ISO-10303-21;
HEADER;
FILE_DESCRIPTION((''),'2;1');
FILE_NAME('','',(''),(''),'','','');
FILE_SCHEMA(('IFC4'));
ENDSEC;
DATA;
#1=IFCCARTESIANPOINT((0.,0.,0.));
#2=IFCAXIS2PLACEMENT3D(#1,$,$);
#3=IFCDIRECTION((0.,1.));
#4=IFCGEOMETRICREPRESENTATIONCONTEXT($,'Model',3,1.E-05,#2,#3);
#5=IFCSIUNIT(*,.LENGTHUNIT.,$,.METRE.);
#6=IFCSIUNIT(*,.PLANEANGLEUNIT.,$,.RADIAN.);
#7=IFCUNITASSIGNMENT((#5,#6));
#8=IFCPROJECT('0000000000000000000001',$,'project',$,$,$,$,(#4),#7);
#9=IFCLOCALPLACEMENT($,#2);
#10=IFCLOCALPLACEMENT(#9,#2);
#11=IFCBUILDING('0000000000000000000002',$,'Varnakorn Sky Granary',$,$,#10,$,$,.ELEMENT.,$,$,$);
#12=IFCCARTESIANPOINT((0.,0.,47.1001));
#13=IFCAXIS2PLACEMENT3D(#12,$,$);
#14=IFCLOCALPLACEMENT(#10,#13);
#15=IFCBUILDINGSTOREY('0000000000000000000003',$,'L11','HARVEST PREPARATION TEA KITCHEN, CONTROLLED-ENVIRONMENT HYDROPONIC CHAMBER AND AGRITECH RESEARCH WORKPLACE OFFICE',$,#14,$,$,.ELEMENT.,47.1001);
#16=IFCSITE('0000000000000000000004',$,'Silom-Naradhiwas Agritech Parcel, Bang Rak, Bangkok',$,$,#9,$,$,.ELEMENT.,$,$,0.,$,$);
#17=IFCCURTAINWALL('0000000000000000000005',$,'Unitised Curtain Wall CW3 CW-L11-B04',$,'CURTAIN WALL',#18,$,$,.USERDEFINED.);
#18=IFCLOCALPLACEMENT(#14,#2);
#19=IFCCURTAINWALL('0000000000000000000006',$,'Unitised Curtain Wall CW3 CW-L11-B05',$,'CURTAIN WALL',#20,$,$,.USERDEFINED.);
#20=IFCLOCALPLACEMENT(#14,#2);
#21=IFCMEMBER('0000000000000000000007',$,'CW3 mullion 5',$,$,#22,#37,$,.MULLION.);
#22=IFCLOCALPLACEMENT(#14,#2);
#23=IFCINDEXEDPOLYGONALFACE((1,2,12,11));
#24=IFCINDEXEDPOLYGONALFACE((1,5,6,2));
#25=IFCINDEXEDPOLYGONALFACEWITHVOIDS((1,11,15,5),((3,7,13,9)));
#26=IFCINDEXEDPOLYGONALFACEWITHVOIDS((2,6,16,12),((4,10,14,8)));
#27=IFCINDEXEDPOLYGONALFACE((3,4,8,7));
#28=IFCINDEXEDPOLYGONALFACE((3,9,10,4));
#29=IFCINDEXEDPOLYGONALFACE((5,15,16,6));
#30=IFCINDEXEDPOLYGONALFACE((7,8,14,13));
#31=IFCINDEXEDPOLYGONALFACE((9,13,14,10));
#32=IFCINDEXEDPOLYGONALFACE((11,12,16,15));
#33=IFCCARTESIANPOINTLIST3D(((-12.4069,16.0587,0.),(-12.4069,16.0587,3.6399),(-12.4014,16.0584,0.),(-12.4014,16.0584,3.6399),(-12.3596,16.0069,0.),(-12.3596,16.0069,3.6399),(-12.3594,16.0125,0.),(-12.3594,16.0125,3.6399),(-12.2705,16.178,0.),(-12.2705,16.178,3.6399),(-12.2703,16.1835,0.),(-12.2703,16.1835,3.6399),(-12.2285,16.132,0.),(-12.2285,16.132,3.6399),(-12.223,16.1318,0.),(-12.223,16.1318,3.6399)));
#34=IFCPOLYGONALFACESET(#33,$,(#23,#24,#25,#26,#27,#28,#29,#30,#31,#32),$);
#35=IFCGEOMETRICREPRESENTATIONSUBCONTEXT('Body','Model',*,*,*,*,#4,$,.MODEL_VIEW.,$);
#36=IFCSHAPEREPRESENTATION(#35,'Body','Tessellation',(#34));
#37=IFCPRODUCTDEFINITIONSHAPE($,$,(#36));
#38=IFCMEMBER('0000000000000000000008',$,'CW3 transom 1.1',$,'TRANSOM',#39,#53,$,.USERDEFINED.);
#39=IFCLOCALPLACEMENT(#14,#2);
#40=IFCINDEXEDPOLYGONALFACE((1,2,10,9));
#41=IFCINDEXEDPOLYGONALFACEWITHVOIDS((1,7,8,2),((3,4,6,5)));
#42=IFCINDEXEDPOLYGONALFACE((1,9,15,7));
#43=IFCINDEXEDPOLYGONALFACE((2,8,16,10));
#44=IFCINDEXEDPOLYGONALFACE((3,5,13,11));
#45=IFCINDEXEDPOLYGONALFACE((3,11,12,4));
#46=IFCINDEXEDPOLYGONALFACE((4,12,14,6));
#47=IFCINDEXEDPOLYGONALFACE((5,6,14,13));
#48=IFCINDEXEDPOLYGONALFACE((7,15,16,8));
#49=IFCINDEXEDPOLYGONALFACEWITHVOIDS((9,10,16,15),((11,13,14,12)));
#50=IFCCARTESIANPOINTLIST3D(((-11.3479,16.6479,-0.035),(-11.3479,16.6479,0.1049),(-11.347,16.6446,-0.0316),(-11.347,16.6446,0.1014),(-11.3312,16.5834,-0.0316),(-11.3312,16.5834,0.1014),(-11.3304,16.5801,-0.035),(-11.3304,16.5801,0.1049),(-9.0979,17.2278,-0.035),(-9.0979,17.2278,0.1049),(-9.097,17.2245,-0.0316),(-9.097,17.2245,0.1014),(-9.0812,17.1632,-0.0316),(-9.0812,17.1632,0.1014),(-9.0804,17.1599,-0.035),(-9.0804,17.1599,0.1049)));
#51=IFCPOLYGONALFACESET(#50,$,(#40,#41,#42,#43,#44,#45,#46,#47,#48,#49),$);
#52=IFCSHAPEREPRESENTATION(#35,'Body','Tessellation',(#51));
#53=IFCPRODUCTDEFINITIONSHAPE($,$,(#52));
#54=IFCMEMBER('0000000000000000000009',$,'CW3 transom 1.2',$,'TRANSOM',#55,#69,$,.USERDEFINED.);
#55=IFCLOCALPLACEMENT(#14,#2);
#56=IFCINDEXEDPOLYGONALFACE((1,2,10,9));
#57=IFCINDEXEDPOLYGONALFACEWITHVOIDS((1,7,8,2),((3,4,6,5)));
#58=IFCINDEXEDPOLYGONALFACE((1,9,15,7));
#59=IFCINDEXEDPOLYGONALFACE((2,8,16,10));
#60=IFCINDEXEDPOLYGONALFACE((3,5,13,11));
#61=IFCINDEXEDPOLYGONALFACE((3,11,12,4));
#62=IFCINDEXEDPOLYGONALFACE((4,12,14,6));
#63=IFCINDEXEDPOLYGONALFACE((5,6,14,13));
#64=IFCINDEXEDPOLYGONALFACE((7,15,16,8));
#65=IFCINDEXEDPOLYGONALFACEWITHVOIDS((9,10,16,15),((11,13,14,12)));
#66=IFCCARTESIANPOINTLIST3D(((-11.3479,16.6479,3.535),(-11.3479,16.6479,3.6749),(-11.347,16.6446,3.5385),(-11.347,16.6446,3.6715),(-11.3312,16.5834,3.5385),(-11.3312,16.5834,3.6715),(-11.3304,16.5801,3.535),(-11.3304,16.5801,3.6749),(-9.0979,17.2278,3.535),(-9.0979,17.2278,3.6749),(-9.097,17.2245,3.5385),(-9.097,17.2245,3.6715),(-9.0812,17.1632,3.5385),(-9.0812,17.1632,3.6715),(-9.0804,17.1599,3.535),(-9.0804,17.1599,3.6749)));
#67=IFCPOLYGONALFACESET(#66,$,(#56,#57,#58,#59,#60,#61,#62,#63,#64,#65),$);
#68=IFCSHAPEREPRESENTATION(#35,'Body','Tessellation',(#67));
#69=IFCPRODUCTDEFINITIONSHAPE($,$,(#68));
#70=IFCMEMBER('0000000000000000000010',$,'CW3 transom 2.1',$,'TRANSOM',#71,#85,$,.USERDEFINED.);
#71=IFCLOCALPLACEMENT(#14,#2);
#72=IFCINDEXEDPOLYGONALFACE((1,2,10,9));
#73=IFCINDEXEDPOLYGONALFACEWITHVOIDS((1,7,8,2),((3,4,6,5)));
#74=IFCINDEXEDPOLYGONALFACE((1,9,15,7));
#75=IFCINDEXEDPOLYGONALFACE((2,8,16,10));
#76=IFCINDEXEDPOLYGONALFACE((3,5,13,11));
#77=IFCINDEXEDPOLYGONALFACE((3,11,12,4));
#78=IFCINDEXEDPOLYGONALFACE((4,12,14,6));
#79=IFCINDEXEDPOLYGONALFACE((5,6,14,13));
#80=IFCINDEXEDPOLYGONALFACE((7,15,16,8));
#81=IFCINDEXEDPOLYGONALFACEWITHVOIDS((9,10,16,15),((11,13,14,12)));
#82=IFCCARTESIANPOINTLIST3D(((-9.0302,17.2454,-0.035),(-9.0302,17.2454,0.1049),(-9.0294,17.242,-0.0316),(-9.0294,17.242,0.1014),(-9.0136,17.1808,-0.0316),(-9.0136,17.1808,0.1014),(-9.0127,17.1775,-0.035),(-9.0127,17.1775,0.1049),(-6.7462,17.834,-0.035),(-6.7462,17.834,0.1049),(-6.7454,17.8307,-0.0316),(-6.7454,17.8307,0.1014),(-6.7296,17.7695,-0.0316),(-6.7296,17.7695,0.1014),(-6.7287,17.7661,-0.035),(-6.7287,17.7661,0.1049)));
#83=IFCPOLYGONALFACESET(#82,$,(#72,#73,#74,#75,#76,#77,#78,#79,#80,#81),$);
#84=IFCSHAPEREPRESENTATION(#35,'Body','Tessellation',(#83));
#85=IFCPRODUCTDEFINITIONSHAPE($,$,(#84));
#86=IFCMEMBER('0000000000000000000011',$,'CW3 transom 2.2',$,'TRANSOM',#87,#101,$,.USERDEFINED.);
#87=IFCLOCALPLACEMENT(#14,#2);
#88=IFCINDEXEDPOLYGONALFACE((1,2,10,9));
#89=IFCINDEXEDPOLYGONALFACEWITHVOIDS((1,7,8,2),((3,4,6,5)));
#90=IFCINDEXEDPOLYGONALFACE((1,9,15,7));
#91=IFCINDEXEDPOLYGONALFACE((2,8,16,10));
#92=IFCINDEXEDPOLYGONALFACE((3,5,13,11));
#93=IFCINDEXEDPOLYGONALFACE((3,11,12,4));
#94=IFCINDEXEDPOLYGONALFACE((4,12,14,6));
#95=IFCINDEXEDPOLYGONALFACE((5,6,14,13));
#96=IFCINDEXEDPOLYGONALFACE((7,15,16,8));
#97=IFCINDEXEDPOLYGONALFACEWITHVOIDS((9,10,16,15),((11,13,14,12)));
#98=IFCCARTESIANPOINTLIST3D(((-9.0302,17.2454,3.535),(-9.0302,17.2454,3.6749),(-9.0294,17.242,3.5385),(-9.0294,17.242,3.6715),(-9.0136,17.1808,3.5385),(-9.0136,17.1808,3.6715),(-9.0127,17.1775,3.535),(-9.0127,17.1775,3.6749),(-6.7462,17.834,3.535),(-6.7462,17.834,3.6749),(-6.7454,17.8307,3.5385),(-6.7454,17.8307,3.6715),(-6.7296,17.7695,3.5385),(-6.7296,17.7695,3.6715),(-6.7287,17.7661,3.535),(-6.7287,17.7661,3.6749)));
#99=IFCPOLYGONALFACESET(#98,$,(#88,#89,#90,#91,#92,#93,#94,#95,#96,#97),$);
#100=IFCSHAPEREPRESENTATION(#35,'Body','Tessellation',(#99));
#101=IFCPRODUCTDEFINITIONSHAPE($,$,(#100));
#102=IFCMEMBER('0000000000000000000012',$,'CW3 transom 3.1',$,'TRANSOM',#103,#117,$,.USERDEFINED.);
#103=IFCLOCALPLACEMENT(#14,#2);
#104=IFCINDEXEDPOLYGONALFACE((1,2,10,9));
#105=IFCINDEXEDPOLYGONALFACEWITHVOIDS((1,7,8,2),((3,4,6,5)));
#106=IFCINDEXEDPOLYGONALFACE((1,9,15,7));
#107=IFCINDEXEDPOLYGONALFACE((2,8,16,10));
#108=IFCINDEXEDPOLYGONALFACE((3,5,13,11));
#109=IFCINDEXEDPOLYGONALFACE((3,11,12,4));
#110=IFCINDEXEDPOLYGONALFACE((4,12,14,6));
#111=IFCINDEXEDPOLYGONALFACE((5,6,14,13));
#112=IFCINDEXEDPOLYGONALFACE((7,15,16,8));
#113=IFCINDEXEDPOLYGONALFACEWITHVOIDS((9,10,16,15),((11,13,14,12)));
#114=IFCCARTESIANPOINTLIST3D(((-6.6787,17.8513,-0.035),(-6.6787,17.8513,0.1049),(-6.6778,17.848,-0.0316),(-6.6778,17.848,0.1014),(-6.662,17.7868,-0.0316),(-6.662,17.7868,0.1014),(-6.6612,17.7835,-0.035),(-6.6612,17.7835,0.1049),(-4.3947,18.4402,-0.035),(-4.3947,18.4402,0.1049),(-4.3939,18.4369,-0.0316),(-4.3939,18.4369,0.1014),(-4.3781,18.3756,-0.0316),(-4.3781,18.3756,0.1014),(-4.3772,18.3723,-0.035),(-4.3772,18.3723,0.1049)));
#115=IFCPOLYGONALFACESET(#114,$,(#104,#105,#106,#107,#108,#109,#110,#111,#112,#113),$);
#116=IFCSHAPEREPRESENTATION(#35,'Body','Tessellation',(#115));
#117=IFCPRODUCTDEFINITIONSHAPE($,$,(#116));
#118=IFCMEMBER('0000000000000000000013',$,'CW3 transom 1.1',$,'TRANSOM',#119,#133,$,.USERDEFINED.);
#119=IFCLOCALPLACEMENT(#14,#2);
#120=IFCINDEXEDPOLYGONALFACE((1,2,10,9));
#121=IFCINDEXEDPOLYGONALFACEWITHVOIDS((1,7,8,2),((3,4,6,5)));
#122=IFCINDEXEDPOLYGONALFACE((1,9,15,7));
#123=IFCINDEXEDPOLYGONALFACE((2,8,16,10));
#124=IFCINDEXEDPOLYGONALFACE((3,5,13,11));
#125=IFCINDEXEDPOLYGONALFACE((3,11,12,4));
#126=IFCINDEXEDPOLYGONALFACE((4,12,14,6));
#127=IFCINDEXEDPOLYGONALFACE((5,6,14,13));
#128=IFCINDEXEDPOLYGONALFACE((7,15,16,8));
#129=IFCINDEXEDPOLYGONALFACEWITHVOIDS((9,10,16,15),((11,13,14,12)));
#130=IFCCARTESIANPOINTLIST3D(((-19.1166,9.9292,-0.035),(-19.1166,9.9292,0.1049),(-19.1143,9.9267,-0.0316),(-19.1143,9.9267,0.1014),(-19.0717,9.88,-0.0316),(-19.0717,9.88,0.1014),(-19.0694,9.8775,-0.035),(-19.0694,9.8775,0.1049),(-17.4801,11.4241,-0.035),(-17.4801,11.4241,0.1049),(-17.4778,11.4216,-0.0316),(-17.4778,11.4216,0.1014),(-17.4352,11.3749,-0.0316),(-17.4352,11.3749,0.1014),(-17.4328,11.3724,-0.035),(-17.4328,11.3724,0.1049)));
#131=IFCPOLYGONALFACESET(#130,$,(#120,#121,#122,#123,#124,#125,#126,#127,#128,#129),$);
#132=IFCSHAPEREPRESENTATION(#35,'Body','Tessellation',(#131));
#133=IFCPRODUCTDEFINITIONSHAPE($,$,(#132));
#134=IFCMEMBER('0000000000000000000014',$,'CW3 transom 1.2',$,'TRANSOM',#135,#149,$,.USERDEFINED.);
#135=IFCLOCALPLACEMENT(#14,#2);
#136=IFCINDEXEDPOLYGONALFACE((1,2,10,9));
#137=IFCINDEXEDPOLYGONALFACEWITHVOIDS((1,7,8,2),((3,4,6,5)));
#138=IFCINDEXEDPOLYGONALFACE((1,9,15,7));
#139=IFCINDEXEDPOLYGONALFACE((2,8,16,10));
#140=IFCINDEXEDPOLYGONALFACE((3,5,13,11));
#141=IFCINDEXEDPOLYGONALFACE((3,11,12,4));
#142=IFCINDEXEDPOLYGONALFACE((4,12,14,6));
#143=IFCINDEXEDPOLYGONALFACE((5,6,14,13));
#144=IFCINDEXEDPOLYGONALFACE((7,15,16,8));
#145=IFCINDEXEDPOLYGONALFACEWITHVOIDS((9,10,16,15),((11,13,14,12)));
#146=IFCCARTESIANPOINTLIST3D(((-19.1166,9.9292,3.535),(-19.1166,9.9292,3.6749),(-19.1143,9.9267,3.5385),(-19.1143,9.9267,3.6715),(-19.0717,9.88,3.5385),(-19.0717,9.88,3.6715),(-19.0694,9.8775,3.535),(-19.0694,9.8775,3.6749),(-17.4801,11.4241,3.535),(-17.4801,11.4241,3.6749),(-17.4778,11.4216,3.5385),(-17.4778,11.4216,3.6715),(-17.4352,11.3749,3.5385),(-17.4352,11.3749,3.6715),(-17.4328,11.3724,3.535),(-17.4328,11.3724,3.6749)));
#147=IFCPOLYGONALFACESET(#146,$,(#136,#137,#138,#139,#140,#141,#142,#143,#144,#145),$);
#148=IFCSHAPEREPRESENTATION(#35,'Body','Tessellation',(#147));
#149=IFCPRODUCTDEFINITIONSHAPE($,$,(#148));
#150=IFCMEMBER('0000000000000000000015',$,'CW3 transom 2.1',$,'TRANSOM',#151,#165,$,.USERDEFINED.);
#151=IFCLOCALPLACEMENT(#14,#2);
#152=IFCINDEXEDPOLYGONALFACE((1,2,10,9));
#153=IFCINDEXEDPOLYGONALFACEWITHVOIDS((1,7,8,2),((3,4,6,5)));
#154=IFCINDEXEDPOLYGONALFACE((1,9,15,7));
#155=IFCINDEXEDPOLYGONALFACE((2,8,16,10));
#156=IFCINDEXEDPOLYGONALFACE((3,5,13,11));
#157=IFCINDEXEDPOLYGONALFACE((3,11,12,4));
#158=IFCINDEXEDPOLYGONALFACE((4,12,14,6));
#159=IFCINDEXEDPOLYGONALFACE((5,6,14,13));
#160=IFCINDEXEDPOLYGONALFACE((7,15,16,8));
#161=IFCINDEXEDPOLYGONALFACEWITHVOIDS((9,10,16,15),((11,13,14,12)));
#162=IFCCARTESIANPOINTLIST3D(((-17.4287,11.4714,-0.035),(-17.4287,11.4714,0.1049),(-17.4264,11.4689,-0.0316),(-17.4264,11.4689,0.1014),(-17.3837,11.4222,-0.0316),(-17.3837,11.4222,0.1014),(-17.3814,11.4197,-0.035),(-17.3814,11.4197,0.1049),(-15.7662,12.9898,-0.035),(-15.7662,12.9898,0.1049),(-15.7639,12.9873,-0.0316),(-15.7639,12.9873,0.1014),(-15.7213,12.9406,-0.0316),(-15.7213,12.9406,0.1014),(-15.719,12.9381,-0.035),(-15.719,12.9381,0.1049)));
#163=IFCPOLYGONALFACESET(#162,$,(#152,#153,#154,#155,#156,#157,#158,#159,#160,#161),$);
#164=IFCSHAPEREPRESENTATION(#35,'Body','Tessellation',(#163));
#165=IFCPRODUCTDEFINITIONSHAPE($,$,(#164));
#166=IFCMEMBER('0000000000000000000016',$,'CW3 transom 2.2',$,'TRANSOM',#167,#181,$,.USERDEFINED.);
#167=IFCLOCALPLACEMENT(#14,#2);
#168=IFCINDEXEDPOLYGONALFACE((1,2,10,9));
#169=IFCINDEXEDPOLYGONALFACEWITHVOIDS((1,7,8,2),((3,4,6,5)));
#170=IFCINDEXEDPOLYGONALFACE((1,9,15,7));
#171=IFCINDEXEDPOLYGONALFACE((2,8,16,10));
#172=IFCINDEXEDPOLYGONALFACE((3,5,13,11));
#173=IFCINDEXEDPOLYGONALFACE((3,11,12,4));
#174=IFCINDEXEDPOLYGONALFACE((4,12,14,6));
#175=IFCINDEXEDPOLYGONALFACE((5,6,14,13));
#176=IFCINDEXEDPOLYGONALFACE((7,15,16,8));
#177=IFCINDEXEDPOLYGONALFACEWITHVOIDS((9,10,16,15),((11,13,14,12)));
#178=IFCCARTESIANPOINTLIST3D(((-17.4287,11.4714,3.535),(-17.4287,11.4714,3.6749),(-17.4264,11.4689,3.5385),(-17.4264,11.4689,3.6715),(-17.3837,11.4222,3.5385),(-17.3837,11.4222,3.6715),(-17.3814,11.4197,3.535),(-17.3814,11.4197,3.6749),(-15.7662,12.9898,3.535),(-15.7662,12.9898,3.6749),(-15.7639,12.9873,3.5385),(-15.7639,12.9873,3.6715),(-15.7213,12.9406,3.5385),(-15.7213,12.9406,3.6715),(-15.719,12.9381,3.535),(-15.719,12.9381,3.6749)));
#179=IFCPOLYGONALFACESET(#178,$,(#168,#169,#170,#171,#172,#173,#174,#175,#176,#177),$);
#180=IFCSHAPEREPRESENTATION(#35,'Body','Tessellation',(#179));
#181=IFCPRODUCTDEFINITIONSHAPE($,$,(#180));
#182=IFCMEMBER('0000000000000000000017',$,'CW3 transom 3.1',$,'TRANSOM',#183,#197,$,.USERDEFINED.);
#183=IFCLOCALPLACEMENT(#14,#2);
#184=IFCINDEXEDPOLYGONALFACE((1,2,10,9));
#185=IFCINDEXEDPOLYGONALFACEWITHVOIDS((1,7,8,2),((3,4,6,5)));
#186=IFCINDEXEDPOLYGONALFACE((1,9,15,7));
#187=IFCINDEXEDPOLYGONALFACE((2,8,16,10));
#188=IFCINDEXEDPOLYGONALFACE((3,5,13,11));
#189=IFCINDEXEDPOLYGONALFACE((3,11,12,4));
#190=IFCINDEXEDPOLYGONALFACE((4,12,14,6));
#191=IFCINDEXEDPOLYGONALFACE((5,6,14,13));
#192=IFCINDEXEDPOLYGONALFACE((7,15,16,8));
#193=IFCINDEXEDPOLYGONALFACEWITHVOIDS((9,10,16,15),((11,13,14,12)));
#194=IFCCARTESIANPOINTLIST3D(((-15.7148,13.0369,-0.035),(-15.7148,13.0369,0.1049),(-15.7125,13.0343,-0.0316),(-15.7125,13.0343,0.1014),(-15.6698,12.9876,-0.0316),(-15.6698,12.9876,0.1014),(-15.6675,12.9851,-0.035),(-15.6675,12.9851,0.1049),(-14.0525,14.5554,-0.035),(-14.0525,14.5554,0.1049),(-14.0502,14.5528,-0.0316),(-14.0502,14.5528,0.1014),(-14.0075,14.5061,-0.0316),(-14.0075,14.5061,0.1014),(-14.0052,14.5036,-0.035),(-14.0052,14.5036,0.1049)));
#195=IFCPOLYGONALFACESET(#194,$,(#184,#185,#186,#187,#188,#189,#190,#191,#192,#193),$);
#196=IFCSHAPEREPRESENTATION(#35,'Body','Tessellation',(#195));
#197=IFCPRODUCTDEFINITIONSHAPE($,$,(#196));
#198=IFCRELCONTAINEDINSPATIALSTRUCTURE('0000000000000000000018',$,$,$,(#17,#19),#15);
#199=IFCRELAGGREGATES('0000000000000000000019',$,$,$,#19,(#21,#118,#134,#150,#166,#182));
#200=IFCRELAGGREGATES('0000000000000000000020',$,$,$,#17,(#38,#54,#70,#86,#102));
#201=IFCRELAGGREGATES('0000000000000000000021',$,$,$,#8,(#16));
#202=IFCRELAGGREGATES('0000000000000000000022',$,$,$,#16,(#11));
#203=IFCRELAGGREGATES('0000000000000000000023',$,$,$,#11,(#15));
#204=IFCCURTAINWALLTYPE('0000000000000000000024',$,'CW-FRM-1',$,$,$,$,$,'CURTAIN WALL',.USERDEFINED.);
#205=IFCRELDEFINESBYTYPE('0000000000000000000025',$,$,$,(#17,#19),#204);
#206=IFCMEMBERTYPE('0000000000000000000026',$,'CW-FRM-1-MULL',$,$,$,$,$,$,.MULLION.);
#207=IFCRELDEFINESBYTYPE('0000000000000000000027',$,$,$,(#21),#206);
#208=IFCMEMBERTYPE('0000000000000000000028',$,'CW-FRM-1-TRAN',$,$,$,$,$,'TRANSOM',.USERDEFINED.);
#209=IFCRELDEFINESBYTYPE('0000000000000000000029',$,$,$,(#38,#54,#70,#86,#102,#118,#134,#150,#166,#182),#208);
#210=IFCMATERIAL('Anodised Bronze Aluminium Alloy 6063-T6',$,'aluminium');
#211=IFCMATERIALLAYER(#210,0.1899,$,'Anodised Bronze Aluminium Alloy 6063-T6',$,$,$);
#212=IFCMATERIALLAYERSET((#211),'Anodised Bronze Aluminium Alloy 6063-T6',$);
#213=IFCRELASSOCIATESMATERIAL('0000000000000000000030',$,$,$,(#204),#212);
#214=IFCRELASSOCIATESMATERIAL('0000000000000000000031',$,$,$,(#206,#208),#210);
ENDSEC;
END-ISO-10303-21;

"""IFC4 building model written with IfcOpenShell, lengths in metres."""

from ifc_helpers import new_model, si_unit, direction, frame, origin, origin_2d, place, context, subcontext, project, spatial, hollow_rectangle, extrude, material, layer, layer_set, material_profile, profile_set, type_object, element, aggregate, save


model = new_model("IFC4")

# Units and contexts
model_context = context("Model", 3, precision=1e-05, world=origin(), true_north=direction((0.0, 1.0)))
body_context = subcontext(model_context, "Body", "Model", "MODEL_VIEW")
ifc_project = project(units=[si_unit("LENGTHUNIT", "METRE"), si_unit("PLANEANGLEUNIT", "RADIAN")], contexts=[model_context])

# Site, building, storey
site_placement = place(None, origin())
site = spatial("IfcSite", under=ifc_project, at=site_placement, Name="Silom-Naradhiwas Agritech Parcel, Bang Rak, Bangkok", CompositionType="ELEMENT", RefElevation=0.0)
building_placement = place(site_placement, origin())
building = spatial("IfcBuilding", under=site, at=building_placement, Name="Varnakorn Sky Granary", CompositionType="ELEMENT")
storey_placement = place(building_placement, frame((0.0, 0.0, 47.1001)))
storey = spatial("IfcBuildingStorey", under=building, at=storey_placement, Name="L11", Description="HARVEST PREPARATION TEA KITCHEN, CONTROLLED-ENVIRONMENT HYDROPONIC CHAMBER AND AGRITECH RESEARCH WORKPLACE OFFICE", CompositionType="ELEMENT", Elevation=47.1001)

# Curtain walls, member
ifc_material_1 = material(Name="Anodised Bronze Aluminium Alloy 6063-T6", Category="aluminium")
ifc_layer_1 = layer(ifc_material_1, 0.1899, Name="Anodised Bronze Aluminium Alloy 6063-T6")
ifc_layer_set_1 = layer_set([ifc_layer_1], Name="Anodised Bronze Aluminium Alloy 6063-T6")
curtain_wall_type = type_object("IfcCurtainWallType", Name="CW-FRM-1", ElementType="CURTAIN WALL", PredefinedType="USERDEFINED", material=ifc_layer_set_1)
curtain_wall_1_placement = place(storey_placement, origin())
curtain_wall_1 = element("IfcCurtainWall", 1, at=curtain_wall_1_placement, inside=storey, type_object=curtain_wall_type, Name="Unitised Curtain Wall CW3 CW-L11-B04", ObjectType="CURTAIN WALL", PredefinedType="USERDEFINED")
ifc_material_profile_1 = material_profile(ifc_material_1, hollow_rectangle(XDim=0.0701, YDim=0.1851, WallThickness=0.0039, at=origin_2d()), Name="ALU MULL 70x185")
ifc_profile_set_1 = profile_set([ifc_material_profile_1], Name="Anodised Bronze Aluminium Alloy 6063-T6")
member_type_1 = type_object("IfcMemberType", Name="CW-FRM-1-MULL", PredefinedType="MULLION", material=ifc_profile_set_1)
curtain_wall_2_placement = place(storey_placement, origin())
curtain_wall_2 = element("IfcCurtainWall", 2, at=curtain_wall_2_placement, inside=storey, type_object=curtain_wall_type, Name="Unitised Curtain Wall CW3 CW-L11-B05", ObjectType="CURTAIN WALL", PredefinedType="USERDEFINED")
member_1_placement = place(storey_placement, frame((-12.3149, 16.0952, 0.0), z_axis=(0.0, 0.0, 1.0), x_axis=(-0.674464, 0.738307, 0.0)))
member_1 = element("IfcMember", 3, at=member_1_placement, type_object=member_type_1, Name="CW3 mullion 5", PredefinedType="MULLION", context=body_context, shape_type="SweptSolid", body=[
    extrude(hollow_rectangle(XDim=0.0701, YDim=0.1851, WallThickness=0.0039, at=origin_2d()), origin(), (0.0, 0.0, 1.0), 3.6399),
])

# Members
ifc_material_profile_2 = material_profile(ifc_material_1, hollow_rectangle(XDim=0.0701, YDim=0.1399, WallThickness=0.0034, at=origin_2d()), Name="ALU TRAN 70x140")
ifc_profile_set_2 = profile_set([ifc_material_profile_2], Name="Anodised Bronze Aluminium Alloy 6063-T6")
member_type_2 = type_object("IfcMemberType", Name="CW-FRM-1-TRAN", ElementType="TRANSOM", PredefinedType="USERDEFINED", material=ifc_profile_set_2)
member_2_placement = place(storey_placement, frame((-11.3391, 16.614, 0.0349), z_axis=(0.968362, 0.249551, 0.0), x_axis=(-0.249551, 0.968362, 0.0)))
member_2 = element("IfcMember", 4, at=member_2_placement, type_object=member_type_2, Name="CW3 transom 1.1", ObjectType="TRANSOM", PredefinedType="USERDEFINED", context=body_context, shape_type="SweptSolid", body=[
    extrude(hollow_rectangle(XDim=0.0701, YDim=0.1399, WallThickness=0.0034, at=origin_2d()), origin(), (0.0, 0.0, 1.0), 2.3235),
])
member_3_placement = place(storey_placement, frame((-11.3391, 16.614, 3.605), z_axis=(0.968362, 0.249551, 0.0), x_axis=(-0.249551, 0.968362, 0.0)))
member_3 = element("IfcMember", 5, at=member_3_placement, type_object=member_type_2, Name="CW3 transom 1.2", ObjectType="TRANSOM", PredefinedType="USERDEFINED", context=body_context, shape_type="SweptSolid", body=[
    extrude(hollow_rectangle(XDim=0.0701, YDim=0.1399, WallThickness=0.0034, at=origin_2d()), origin(), (0.0, 0.0, 1.0), 2.3235),
])
member_4_placement = place(storey_placement, frame((-9.0215, 17.2114, 0.0349), z_axis=(0.968357, 0.249568, 0.0), x_axis=(-0.249568, 0.968357, 0.0)))
member_4 = element("IfcMember", 6, at=member_4_placement, type_object=member_type_2, Name="CW3 transom 2.1", ObjectType="TRANSOM", PredefinedType="USERDEFINED", context=body_context, shape_type="SweptSolid", body=[
    extrude(hollow_rectangle(XDim=0.0701, YDim=0.1399, WallThickness=0.0034, at=origin_2d()), origin(), (0.0, 0.0, 1.0), 2.3586),
])
member_5_placement = place(storey_placement, frame((-9.0215, 17.2114, 3.605), z_axis=(0.968357, 0.249568, 0.0), x_axis=(-0.249568, 0.968357, 0.0)))
member_5 = element("IfcMember", 7, at=member_5_placement, type_object=member_type_2, Name="CW3 transom 2.2", ObjectType="TRANSOM", PredefinedType="USERDEFINED", context=body_context, shape_type="SweptSolid", body=[
    extrude(hollow_rectangle(XDim=0.0701, YDim=0.1399, WallThickness=0.0034, at=origin_2d()), origin(), (0.0, 0.0, 1.0), 2.3586),
])
member_6_placement = place(storey_placement, frame((-6.6699, 17.8174, 0.0349), z_axis=(0.968332, 0.249665, 0.0), x_axis=(-0.249665, 0.968332, 0.0)))
member_6 = element("IfcMember", 8, at=member_6_placement, type_object=member_type_2, Name="CW3 transom 3.1", ObjectType="TRANSOM", PredefinedType="USERDEFINED", context=body_context, shape_type="SweptSolid", body=[
    extrude(hollow_rectangle(XDim=0.0701, YDim=0.1399, WallThickness=0.0034, at=origin_2d()), origin(), (0.0, 0.0, 1.0), 2.3586),
])
member_7_placement = place(storey_placement, frame((-19.093, 9.9033, 0.0349), z_axis=(0.738328, 0.674442, 0.0), x_axis=(-0.674442, 0.738328, 0.0)))
member_7 = element("IfcMember", 9, at=member_7_placement, type_object=member_type_2, Name="CW3 transom 1.1", ObjectType="TRANSOM", PredefinedType="USERDEFINED", context=body_context, shape_type="SweptSolid", body=[
    extrude(hollow_rectangle(XDim=0.0701, YDim=0.1399, WallThickness=0.0034, at=origin_2d()), origin(), (0.0, 0.0, 1.0), 2.2166),
])
member_8_placement = place(storey_placement, frame((-19.093, 9.9033, 3.605), z_axis=(0.738328, 0.674442, 0.0), x_axis=(-0.674442, 0.738328, 0.0)))
member_8 = element("IfcMember", 10, at=member_8_placement, type_object=member_type_2, Name="CW3 transom 1.2", ObjectType="TRANSOM", PredefinedType="USERDEFINED", context=body_context, shape_type="SweptSolid", body=[
    extrude(hollow_rectangle(XDim=0.0701, YDim=0.1399, WallThickness=0.0034, at=origin_2d()), origin(), (0.0, 0.0, 1.0), 2.2166),
])
member_9_placement = place(storey_placement, frame((-17.405, 11.4456, 0.0349), z_axis=(0.738373, 0.674393, 0.0), x_axis=(-0.674393, 0.738373, 0.0)))
member_9 = element("IfcMember", 11, at=member_9_placement, type_object=member_type_2, Name="CW3 transom 2.1", ObjectType="TRANSOM", PredefinedType="USERDEFINED", context=body_context, shape_type="SweptSolid", body=[
    extrude(hollow_rectangle(XDim=0.0701, YDim=0.1399, WallThickness=0.0034, at=origin_2d()), origin(), (0.0, 0.0, 1.0), 2.2515),
])
member_10_placement = place(storey_placement, frame((-17.405, 11.4456, 3.605), z_axis=(0.738373, 0.674393, 0.0), x_axis=(-0.674393, 0.738373, 0.0)))
member_10 = element("IfcMember", 12, at=member_10_placement, type_object=member_type_2, Name="CW3 transom 2.2", ObjectType="TRANSOM", PredefinedType="USERDEFINED", context=body_context, shape_type="SweptSolid", body=[
    extrude(hollow_rectangle(XDim=0.0701, YDim=0.1399, WallThickness=0.0034, at=origin_2d()), origin(), (0.0, 0.0, 1.0), 2.2515),
])
member_11_placement = place(storey_placement, frame((-15.6912, 13.011, 0.0349), z_axis=(0.738319, 0.674452, 0.0), x_axis=(-0.674452, 0.738319, 0.0)))
member_11 = element("IfcMember", 13, at=member_11_placement, type_object=member_type_2, Name="CW3 transom 3.1", ObjectType="TRANSOM", PredefinedType="USERDEFINED", context=body_context, shape_type="SweptSolid", body=[
    extrude(hollow_rectangle(XDim=0.0701, YDim=0.1399, WallThickness=0.0034, at=origin_2d()), origin(), (0.0, 0.0, 1.0), 2.2515),
])

aggregate(curtain_wall_2, [member_1, member_7, member_8, member_9, member_10, member_11])
aggregate(curtain_wall_1, [member_2, member_3, member_4, member_5, member_6])

save(model, "model.ifc")
